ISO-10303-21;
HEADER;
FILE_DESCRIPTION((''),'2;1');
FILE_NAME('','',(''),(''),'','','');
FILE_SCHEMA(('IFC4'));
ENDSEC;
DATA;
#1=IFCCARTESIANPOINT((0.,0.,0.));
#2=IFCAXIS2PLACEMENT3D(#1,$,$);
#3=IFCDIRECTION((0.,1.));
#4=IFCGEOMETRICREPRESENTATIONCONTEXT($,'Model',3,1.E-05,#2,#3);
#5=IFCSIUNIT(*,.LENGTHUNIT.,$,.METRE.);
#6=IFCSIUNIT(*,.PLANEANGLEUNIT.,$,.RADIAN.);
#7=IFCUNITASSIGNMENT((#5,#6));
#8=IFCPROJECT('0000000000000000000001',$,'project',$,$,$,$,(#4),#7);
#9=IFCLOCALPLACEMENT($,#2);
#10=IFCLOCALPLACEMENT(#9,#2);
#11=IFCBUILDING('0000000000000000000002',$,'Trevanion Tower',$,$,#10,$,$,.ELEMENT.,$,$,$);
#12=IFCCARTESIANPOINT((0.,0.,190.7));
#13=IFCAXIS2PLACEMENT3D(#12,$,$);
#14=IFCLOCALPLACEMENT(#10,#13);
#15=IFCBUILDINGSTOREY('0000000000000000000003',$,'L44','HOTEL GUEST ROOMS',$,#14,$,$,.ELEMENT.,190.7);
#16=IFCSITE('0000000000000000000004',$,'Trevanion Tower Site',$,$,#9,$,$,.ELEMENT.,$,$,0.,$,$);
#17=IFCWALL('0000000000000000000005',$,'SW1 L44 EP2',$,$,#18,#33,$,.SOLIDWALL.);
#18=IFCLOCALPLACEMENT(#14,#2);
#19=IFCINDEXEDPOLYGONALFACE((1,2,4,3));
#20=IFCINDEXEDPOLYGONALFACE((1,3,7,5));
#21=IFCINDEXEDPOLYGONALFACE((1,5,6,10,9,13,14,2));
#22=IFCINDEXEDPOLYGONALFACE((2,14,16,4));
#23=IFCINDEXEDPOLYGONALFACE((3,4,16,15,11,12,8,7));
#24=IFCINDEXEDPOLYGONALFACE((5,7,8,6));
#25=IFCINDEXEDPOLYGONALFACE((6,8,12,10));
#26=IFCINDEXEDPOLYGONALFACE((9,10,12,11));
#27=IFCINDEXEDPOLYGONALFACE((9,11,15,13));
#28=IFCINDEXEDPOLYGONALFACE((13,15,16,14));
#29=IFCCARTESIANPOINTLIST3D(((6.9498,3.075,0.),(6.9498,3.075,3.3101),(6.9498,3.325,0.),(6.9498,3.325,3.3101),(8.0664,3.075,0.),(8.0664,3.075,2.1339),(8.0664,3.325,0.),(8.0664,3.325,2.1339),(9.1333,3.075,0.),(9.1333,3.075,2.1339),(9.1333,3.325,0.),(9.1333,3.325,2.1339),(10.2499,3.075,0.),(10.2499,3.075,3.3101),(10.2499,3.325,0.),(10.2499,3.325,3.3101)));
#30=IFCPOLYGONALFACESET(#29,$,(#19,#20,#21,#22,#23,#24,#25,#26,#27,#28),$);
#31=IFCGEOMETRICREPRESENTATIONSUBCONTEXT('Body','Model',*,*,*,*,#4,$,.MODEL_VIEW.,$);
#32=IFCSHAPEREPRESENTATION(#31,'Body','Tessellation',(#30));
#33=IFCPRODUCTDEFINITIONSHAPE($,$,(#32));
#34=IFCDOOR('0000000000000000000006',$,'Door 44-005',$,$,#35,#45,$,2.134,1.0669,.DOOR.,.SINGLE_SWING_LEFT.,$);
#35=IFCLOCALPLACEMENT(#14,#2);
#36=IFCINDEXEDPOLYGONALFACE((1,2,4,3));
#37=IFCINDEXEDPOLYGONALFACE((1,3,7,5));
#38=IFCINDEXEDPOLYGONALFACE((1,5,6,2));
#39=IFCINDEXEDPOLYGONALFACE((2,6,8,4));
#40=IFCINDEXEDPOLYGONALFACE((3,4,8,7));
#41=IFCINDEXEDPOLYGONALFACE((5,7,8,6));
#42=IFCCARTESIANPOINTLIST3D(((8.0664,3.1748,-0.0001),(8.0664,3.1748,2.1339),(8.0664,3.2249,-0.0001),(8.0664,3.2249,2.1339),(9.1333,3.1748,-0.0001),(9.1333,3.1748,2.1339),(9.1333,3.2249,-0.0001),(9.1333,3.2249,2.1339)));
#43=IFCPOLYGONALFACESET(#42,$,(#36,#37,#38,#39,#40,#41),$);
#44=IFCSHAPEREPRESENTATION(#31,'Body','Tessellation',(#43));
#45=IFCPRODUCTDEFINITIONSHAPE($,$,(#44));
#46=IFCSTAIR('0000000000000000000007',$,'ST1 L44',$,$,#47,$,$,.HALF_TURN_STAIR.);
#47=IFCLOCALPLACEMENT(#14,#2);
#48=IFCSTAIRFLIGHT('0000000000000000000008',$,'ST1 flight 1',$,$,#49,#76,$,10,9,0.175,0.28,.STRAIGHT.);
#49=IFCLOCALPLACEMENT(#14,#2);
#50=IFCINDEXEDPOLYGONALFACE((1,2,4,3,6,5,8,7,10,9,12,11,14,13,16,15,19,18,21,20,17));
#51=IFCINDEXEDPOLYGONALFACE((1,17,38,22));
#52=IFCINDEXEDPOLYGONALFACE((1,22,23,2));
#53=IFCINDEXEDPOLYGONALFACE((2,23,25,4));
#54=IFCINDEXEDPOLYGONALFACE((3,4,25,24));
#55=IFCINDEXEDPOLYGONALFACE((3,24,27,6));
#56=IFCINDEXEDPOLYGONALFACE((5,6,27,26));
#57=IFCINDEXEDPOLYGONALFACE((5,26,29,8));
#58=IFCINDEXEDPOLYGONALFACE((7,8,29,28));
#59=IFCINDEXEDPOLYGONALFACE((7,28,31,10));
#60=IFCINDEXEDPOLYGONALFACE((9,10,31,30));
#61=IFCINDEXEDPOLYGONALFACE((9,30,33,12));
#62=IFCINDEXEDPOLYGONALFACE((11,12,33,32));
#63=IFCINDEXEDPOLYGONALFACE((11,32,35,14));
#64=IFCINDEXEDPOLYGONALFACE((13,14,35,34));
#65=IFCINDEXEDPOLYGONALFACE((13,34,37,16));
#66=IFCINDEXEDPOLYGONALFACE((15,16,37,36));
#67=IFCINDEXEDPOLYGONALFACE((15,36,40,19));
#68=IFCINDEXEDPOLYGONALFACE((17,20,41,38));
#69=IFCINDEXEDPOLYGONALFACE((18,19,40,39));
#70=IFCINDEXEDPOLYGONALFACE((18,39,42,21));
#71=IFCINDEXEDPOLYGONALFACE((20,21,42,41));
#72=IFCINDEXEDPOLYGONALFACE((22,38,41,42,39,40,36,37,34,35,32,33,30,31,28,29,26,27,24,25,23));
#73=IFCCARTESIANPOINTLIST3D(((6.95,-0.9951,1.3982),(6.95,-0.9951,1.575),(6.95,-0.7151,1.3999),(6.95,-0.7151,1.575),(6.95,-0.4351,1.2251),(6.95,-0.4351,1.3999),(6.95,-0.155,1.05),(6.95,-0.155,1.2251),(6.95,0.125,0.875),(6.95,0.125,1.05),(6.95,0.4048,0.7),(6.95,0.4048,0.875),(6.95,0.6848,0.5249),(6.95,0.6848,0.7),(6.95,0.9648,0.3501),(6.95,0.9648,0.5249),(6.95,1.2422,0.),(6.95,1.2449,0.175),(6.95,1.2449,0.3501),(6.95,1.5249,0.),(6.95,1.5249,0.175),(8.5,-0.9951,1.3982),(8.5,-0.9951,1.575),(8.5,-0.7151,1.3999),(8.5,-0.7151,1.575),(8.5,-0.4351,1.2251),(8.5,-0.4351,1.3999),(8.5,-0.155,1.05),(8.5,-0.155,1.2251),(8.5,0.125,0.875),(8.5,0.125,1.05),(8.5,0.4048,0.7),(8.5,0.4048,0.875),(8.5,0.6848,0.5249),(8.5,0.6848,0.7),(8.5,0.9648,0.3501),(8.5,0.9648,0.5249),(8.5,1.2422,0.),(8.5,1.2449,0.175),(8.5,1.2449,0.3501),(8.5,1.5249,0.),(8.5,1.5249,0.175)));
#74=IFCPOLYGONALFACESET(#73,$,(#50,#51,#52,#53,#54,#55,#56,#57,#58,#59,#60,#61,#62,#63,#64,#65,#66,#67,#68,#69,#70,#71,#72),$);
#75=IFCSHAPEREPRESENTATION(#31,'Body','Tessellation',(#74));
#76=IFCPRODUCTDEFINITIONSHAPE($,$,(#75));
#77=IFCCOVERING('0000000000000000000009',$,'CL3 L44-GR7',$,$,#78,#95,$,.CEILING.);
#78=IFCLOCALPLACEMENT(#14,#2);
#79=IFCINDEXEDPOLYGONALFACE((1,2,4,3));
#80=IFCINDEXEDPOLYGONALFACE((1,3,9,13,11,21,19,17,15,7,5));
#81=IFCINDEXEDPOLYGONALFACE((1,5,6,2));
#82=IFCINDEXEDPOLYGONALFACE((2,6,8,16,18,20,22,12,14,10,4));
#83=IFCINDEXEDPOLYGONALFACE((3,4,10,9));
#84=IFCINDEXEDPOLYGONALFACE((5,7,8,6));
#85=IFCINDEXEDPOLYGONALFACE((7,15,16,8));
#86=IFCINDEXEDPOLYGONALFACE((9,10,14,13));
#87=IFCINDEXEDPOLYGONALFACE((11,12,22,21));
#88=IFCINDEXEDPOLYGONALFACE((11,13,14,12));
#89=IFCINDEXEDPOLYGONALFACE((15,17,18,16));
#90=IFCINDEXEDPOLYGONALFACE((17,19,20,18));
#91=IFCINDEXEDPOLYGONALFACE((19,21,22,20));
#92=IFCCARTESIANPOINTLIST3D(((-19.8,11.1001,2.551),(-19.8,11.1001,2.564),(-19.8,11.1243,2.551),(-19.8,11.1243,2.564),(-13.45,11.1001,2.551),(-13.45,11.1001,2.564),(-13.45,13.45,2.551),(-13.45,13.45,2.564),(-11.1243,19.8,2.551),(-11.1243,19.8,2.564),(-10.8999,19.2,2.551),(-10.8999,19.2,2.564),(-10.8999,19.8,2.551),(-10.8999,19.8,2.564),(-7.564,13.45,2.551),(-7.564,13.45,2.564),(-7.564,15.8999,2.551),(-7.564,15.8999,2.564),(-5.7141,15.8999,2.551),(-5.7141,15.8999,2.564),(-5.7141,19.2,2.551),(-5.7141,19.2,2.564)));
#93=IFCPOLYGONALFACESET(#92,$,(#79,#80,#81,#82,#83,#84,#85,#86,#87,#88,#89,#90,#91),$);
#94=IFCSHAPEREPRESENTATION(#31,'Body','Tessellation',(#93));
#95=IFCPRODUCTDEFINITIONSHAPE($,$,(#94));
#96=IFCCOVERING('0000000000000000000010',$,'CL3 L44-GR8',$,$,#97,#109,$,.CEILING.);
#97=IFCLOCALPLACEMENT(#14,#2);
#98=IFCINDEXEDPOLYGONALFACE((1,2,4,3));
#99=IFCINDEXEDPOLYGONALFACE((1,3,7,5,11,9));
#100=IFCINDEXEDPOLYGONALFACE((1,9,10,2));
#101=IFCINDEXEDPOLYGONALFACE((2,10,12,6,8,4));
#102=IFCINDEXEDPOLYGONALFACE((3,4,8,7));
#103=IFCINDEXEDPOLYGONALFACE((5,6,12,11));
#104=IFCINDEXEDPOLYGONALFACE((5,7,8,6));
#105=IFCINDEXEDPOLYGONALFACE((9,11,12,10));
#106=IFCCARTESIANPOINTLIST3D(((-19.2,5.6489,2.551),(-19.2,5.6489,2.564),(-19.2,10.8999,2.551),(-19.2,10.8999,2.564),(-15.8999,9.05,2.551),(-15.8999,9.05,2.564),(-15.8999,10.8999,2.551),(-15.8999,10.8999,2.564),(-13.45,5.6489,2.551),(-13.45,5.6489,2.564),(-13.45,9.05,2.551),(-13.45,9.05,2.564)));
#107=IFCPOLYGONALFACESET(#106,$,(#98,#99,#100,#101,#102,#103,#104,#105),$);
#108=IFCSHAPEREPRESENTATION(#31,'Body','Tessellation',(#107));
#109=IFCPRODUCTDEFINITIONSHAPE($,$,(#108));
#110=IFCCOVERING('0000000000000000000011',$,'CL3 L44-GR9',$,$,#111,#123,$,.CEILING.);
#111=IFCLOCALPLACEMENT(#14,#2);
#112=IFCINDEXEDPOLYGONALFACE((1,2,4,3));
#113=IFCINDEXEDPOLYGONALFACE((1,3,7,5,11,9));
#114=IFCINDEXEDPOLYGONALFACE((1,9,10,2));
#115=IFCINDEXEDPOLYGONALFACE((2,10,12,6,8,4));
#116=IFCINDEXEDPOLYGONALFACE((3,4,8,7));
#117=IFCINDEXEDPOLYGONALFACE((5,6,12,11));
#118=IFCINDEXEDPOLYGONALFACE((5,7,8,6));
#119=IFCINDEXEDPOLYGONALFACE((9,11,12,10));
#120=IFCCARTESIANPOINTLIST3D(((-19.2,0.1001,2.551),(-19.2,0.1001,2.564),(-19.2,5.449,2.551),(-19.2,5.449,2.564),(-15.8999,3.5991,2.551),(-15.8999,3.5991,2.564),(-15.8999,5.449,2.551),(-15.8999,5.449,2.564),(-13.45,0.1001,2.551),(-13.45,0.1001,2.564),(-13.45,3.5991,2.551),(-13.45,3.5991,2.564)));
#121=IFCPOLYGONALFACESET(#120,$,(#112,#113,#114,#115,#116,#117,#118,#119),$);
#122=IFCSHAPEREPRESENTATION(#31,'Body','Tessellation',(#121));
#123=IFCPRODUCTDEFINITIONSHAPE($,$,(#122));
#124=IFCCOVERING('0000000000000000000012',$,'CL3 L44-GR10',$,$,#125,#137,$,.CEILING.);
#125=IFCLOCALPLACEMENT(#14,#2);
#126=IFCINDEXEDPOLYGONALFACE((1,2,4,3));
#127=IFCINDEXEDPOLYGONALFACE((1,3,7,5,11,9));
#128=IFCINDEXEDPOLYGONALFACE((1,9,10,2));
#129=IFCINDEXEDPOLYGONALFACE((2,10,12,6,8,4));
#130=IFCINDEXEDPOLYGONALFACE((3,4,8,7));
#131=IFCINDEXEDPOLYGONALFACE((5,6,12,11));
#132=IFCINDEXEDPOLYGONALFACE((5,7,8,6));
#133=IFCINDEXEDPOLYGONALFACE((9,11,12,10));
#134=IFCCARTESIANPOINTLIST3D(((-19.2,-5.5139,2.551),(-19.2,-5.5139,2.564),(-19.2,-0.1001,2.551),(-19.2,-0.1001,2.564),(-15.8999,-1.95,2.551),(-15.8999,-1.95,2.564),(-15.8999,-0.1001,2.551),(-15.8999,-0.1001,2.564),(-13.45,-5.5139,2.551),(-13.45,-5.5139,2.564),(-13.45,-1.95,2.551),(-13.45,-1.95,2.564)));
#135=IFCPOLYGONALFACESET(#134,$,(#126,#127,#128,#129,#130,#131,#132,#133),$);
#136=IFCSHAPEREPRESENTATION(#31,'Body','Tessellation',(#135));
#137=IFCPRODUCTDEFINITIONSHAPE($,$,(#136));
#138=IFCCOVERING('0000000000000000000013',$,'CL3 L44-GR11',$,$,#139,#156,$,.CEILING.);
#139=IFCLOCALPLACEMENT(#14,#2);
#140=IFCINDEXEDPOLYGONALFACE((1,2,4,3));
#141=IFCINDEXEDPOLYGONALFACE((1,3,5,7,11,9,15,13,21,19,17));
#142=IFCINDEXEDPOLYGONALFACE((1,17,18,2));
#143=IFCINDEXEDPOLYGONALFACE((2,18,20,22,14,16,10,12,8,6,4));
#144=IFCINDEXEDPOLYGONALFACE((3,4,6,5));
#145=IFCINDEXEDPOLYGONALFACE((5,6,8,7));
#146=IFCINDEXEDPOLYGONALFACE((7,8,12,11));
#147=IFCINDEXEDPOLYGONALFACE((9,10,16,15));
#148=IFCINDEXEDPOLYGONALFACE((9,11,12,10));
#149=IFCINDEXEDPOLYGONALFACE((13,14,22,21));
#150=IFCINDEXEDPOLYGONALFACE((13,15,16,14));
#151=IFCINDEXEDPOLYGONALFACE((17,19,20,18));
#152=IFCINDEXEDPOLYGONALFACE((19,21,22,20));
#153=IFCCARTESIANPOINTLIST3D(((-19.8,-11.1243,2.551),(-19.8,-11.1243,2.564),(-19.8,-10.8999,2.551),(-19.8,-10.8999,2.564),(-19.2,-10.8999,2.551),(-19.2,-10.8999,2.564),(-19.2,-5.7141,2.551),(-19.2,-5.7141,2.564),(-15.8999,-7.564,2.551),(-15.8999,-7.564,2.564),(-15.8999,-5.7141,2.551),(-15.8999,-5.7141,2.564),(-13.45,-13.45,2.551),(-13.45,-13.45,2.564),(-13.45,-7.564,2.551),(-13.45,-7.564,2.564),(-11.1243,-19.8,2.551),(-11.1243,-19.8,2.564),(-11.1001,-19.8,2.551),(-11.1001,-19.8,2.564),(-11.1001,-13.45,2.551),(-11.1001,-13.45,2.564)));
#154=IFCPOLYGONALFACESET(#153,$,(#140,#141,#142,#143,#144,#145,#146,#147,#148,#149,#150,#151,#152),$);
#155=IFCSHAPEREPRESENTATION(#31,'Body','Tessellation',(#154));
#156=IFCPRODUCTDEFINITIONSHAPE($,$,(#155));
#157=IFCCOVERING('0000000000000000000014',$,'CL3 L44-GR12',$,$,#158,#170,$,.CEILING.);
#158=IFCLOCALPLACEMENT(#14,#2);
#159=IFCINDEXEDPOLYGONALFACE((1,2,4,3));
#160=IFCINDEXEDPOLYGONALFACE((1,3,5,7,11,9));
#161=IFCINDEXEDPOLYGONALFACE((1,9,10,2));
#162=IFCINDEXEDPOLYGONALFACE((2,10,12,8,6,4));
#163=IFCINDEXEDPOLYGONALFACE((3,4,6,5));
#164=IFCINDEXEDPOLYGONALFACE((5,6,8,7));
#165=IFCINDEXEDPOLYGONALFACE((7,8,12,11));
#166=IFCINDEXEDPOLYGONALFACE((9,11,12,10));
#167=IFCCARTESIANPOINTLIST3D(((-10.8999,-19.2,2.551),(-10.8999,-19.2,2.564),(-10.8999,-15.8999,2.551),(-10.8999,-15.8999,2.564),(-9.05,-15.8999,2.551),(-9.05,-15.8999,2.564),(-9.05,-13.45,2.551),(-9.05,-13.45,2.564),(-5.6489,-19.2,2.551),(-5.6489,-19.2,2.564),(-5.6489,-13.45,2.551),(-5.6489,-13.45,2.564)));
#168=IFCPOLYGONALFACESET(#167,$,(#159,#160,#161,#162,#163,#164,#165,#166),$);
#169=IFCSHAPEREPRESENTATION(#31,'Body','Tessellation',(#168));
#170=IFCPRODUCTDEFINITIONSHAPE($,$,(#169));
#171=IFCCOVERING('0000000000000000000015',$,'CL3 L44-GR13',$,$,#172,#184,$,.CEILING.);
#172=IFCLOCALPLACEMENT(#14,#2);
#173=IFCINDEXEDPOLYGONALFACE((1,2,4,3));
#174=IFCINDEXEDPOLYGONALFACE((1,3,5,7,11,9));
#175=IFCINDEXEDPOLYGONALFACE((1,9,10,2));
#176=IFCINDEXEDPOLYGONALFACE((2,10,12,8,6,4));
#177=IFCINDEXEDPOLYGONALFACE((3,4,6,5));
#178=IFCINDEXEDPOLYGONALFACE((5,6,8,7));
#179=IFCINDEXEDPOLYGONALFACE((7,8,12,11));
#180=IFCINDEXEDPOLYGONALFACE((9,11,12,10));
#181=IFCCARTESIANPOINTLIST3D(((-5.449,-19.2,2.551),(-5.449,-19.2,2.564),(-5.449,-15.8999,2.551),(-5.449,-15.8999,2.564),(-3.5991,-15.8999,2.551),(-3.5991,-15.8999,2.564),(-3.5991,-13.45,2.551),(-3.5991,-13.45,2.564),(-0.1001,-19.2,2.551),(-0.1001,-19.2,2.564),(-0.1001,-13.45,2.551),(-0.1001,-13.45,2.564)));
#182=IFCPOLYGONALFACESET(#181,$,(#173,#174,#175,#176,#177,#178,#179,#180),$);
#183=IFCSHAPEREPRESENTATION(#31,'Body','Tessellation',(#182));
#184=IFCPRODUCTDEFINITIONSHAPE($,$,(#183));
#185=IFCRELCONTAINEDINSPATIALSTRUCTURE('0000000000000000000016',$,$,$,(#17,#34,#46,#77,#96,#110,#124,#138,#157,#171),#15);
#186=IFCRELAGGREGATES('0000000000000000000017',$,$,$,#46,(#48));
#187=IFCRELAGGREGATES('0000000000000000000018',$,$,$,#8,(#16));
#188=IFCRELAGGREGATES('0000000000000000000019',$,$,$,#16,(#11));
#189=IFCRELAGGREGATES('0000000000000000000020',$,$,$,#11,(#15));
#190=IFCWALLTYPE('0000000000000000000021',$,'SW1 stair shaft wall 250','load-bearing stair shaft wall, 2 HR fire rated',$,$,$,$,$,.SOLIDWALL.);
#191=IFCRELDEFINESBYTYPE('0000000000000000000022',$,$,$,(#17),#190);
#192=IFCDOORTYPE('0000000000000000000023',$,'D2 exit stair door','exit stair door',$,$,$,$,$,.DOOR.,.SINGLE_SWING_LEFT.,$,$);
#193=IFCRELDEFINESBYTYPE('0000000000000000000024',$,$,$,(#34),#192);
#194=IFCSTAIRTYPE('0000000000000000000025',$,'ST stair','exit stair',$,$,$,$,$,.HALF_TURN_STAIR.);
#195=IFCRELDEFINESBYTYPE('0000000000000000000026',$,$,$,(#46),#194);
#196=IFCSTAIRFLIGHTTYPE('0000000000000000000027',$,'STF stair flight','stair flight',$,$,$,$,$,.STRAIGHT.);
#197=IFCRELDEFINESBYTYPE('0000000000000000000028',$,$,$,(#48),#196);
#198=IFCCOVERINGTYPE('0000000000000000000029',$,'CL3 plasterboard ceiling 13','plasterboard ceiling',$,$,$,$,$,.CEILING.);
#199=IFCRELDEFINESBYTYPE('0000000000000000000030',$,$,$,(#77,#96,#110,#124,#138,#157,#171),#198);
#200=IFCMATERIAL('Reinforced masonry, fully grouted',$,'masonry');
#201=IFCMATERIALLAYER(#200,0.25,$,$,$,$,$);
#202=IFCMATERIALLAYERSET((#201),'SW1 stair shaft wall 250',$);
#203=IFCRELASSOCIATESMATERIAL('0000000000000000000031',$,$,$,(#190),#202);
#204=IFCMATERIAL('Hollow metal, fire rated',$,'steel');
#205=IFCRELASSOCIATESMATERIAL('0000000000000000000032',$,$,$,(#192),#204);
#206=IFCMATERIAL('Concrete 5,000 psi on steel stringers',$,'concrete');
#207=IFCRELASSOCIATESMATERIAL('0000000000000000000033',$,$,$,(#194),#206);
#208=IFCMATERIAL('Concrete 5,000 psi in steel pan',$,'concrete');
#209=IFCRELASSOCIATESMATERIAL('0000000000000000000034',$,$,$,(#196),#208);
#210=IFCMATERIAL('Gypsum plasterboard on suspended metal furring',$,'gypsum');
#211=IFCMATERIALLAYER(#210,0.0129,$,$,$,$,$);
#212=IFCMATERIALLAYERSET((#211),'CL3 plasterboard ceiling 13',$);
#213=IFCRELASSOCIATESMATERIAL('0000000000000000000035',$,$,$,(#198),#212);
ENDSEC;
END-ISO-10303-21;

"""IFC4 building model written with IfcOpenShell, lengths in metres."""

from ifc_helpers import new_model, si_unit, direction, frame, frame_2d, origin, place, context, subcontext, project, spatial, polyline, rectangle, outline, extrude, material, layer, layer_set, type_object, element, fill, aggregate, save


model = new_model("IFC4")

# Units and contexts
model_context = context("Model", 3, precision=1e-05, world=origin(), true_north=direction((0.0, 1.0)))
body_context = subcontext(model_context, "Body", "Model", "MODEL_VIEW")
ifc_project = project(units=[si_unit("LENGTHUNIT", "METRE"), si_unit("PLANEANGLEUNIT", "RADIAN")], contexts=[model_context])

# Site, building, storey
site_placement = place(None, origin())
site = spatial("IfcSite", under=ifc_project, at=site_placement, Name="Trevanion Tower Site", CompositionType="ELEMENT", RefElevation=0.0)
building_placement = place(site_placement, origin())
building = spatial("IfcBuilding", under=site, at=building_placement, Name="Trevanion Tower", CompositionType="ELEMENT")
storey_placement = place(building_placement, frame((0.0, 0.0, 190.7)))
storey = spatial("IfcBuildingStorey", under=building, at=storey_placement, Name="L44", Description="HOTEL GUEST ROOMS", CompositionType="ELEMENT", Elevation=190.7)

# Wall, opening, door
ifc_material_1 = material(Name="Reinforced masonry, fully grouted", Category="masonry")
ifc_layer_1 = layer(ifc_material_1, 0.25)
ifc_layer_set_1 = layer_set([ifc_layer_1], Name="SW1 stair shaft wall 250")
wall_type_1 = type_object("IfcWallType", Name="SW1 stair shaft wall 250", Description="load-bearing stair shaft wall, 2 HR fire rated", PredefinedType="SOLIDWALL", material=ifc_layer_set_1)
wall_1_placement = place(storey_placement, frame((6.95, 3.2, 0.0), z_axis=(0.0, 0.0, 1.0), x_axis=(1.0, 0.0, 0.0)))
wall_1 = element("IfcWall", 1, at=wall_1_placement, inside=storey, type_object=wall_type_1, Name="SW1 L44 EP2", PredefinedType="SOLIDWALL", context=body_context, shape_type="SweptSolid", body=[
    extrude(rectangle(XDim=3.3, YDim=0.25, at=frame_2d((1.6499, 0.0))), origin(), (0.0, 0.0, 1.0), 3.3101),
])
opening_1_placement = place(wall_1_placement, frame((1.1165, 0.0, 0.0)))
opening_1 = element("IfcOpeningElement", 2, at=opening_1_placement, cuts=wall_1, PredefinedType="OPENING", context=body_context, shape_type="SweptSolid", body=[
    extrude(rectangle(XDim=1.0669, YDim=2.134, at=frame_2d((0.5334, 1.0669))), frame((0.0, 0.135, 0.0), z_axis=(0.0, -1.0, 0.0), x_axis=(1.0, 0.0, 0.0)), (0.0, 0.0, 1.0), 0.27),
])
ifc_material_2 = material(Name="Hollow metal, fire rated", Category="steel")
door_type_1 = type_object("IfcDoorType", Name="D2 exit stair door", Description="exit stair door", OperationType="SINGLE_SWING_LEFT", PredefinedType="DOOR", material=ifc_material_2)
door_1_placement = place(opening_1_placement, origin())
door_1 = element("IfcDoor", 3, at=door_1_placement, inside=storey, type_object=door_type_1, Name="Door 44-005", OperationType="SINGLE_SWING_LEFT", OverallHeight=2.134, OverallWidth=1.0669, PredefinedType="DOOR", context=body_context, shape_type="SweptSolid", body=[
    extrude(rectangle(XDim=1.0669, YDim=2.134, at=frame_2d((0.5334, 1.0669))), frame((0.0, 0.0249, 0.0), z_axis=(0.0, -1.0, 0.0), x_axis=(1.0, 0.0, 0.0)), (0.0, 0.0, 1.0), 0.05),
])
fill(opening_1, door_1)

# Stair, stair flight
ifc_material_3 = material(Name="Concrete 5,000 psi on steel stringers", Category="concrete")
stair_type = type_object("IfcStairType", Name="ST stair", Description="exit stair", PredefinedType="HALF_TURN_STAIR", material=ifc_material_3)
stair_placement = place(storey_placement, origin())
stair = element("IfcStair", 4, at=stair_placement, inside=storey, type_object=stair_type, Name="ST1 L44", PredefinedType="HALF_TURN_STAIR")
ifc_material_4 = material(Name="Concrete 5,000 psi in steel pan", Category="concrete")
stair_flight_type = type_object("IfcStairFlightType", Name="STF stair flight", Description="stair flight", PredefinedType="STRAIGHT", material=ifc_material_4)
stair_flight_placement = place(storey_placement, frame((7.7251, 1.5249, 0.0), z_axis=(0.0, 0.0, 1.0), x_axis=(0.0, -1.0, 0.0)))
stair_flight = element("IfcStairFlight", 5, at=stair_flight_placement, type_object=stair_flight_type, Name="ST1 flight 1", NumberOfRisers=10, NumberOfTreads=9, PredefinedType="STRAIGHT", RiserHeight=0.175, TreadLength=0.28, context=body_context, shape_type="SweptSolid", body=[
    extrude(outline(polyline([(0.0, 0.0), (0.0, 0.175), (0.28, 0.175), (0.28, 0.3501), (0.5601, 0.3501), (0.5601, 0.5249), (0.8401, 0.5249), (0.8401, 0.7), (1.1201, 0.7), (1.1201, 0.875), (1.3999, 0.875), (1.3999, 1.05), (1.6799, 1.05), (1.6799, 1.2251), (1.96, 1.2251), (1.96, 1.3999), (2.24, 1.3999), (2.24, 1.575), (2.52, 1.575), (2.52, 1.75), (2.52, 1.3982), (0.2827, 0.0), (0.0, 0.0)])), frame((0.0, 0.7749, 0.0), z_axis=(0.0, -1.0, 0.0), x_axis=(1.0, 0.0, 0.0)), (0.0, 0.0, 1.0), 1.55),
])
aggregate(stair, [stair_flight])

# Coverings
ifc_material_5 = material(Name="Gypsum plasterboard on suspended metal furring", Category="gypsum")
ifc_layer_2 = layer(ifc_material_5, 0.0129)
ifc_layer_set_2 = layer_set([ifc_layer_2], Name="CL3 plasterboard ceiling 13")
covering_type_1 = type_object("IfcCoveringType", Name="CL3 plasterboard ceiling 13", Description="plasterboard ceiling", PredefinedType="CEILING", material=ifc_layer_set_2)
covering_1_placement = place(storey_placement, frame((0.0, 0.0, 2.551)))
element("IfcCovering", 6, at=covering_1_placement, inside=storey, type_object=covering_type_1, Name="CL3 L44-GR7", PredefinedType="CEILING", context=body_context, shape_type="SweptSolid", body=[
    extrude(outline(polyline([(-13.45, 11.1001), (-19.8, 11.1001), (-19.8, 11.1243), (-11.1243, 19.8), (-10.8999, 19.8), (-10.8999, 19.2), (-5.7141, 19.2), (-5.7141, 15.8999), (-7.564, 15.8999), (-7.564, 13.45), (-13.45, 13.45), (-13.45, 11.1001)])), origin(), (0.0, 0.0, 1.0), 0.0129),
])
covering_2_placement = place(storey_placement, frame((0.0, 0.0, 2.551)))
element("IfcCovering", 7, at=covering_2_placement, inside=storey, type_object=covering_type_1, Name="CL3 L44-GR8", PredefinedType="CEILING", context=body_context, shape_type="SweptSolid", body=[
    extrude(outline(polyline([(-13.45, 5.6489), (-19.2, 5.6489), (-19.2, 10.8999), (-15.8999, 10.8999), (-15.8999, 9.05), (-13.45, 9.05), (-13.45, 5.6489)])), origin(), (0.0, 0.0, 1.0), 0.0129),
])
covering_3_placement = place(storey_placement, frame((0.0, 0.0, 2.551)))
element("IfcCovering", 8, at=covering_3_placement, inside=storey, type_object=covering_type_1, Name="CL3 L44-GR9", PredefinedType="CEILING", context=body_context, shape_type="SweptSolid", body=[
    extrude(outline(polyline([(-13.45, 0.1001), (-19.2, 0.1001), (-19.2, 5.449), (-15.8999, 5.449), (-15.8999, 3.5991), (-13.45, 3.5991), (-13.45, 0.1001)])), origin(), (0.0, 0.0, 1.0), 0.0129),
])
covering_4_placement = place(storey_placement, frame((0.0, 0.0, 2.551)))
element("IfcCovering", 9, at=covering_4_placement, inside=storey, type_object=covering_type_1, Name="CL3 L44-GR10", PredefinedType="CEILING", context=body_context, shape_type="SweptSolid", body=[
    extrude(outline(polyline([(-13.45, -5.5139), (-19.2, -5.5139), (-19.2, -0.1001), (-15.8999, -0.1001), (-15.8999, -1.95), (-13.45, -1.95), (-13.45, -5.5139)])), origin(), (0.0, 0.0, 1.0), 0.0129),
])
covering_5_placement = place(storey_placement, frame((0.0, 0.0, 2.551)))
element("IfcCovering", 10, at=covering_5_placement, inside=storey, type_object=covering_type_1, Name="CL3 L44-GR11", PredefinedType="CEILING", context=body_context, shape_type="SweptSolid", body=[
    extrude(outline(polyline([(-11.1001, -13.45), (-11.1001, -19.8), (-11.1243, -19.8), (-19.8, -11.1243), (-19.8, -10.8999), (-19.2, -10.8999), (-19.2, -5.7141), (-15.8999, -5.7141), (-15.8999, -7.564), (-13.45, -7.564), (-13.45, -13.45), (-11.1001, -13.45)])), origin(), (0.0, 0.0, 1.0), 0.0129),
])
covering_6_placement = place(storey_placement, frame((0.0, 0.0, 2.551)))
element("IfcCovering", 11, at=covering_6_placement, inside=storey, type_object=covering_type_1, Name="CL3 L44-GR12", PredefinedType="CEILING", context=body_context, shape_type="SweptSolid", body=[
    extrude(outline(polyline([(-5.6489, -13.45), (-5.6489, -19.2), (-10.8999, -19.2), (-10.8999, -15.8999), (-9.05, -15.8999), (-9.05, -13.45), (-5.6489, -13.45)])), origin(), (0.0, 0.0, 1.0), 0.0129),
])
covering_7_placement = place(storey_placement, frame((0.0, 0.0, 2.551)))
element("IfcCovering", 12, at=covering_7_placement, inside=storey, type_object=covering_type_1, Name="CL3 L44-GR13", PredefinedType="CEILING", context=body_context, shape_type="SweptSolid", body=[
    extrude(outline(polyline([(-0.1001, -13.45), (-0.1001, -19.2), (-5.449, -19.2), (-5.449, -15.8999), (-3.5991, -15.8999), (-3.5991, -13.45), (-0.1001, -13.45)])), origin(), (0.0, 0.0, 1.0), 0.0129),
])

save(model, "model.ifc")
